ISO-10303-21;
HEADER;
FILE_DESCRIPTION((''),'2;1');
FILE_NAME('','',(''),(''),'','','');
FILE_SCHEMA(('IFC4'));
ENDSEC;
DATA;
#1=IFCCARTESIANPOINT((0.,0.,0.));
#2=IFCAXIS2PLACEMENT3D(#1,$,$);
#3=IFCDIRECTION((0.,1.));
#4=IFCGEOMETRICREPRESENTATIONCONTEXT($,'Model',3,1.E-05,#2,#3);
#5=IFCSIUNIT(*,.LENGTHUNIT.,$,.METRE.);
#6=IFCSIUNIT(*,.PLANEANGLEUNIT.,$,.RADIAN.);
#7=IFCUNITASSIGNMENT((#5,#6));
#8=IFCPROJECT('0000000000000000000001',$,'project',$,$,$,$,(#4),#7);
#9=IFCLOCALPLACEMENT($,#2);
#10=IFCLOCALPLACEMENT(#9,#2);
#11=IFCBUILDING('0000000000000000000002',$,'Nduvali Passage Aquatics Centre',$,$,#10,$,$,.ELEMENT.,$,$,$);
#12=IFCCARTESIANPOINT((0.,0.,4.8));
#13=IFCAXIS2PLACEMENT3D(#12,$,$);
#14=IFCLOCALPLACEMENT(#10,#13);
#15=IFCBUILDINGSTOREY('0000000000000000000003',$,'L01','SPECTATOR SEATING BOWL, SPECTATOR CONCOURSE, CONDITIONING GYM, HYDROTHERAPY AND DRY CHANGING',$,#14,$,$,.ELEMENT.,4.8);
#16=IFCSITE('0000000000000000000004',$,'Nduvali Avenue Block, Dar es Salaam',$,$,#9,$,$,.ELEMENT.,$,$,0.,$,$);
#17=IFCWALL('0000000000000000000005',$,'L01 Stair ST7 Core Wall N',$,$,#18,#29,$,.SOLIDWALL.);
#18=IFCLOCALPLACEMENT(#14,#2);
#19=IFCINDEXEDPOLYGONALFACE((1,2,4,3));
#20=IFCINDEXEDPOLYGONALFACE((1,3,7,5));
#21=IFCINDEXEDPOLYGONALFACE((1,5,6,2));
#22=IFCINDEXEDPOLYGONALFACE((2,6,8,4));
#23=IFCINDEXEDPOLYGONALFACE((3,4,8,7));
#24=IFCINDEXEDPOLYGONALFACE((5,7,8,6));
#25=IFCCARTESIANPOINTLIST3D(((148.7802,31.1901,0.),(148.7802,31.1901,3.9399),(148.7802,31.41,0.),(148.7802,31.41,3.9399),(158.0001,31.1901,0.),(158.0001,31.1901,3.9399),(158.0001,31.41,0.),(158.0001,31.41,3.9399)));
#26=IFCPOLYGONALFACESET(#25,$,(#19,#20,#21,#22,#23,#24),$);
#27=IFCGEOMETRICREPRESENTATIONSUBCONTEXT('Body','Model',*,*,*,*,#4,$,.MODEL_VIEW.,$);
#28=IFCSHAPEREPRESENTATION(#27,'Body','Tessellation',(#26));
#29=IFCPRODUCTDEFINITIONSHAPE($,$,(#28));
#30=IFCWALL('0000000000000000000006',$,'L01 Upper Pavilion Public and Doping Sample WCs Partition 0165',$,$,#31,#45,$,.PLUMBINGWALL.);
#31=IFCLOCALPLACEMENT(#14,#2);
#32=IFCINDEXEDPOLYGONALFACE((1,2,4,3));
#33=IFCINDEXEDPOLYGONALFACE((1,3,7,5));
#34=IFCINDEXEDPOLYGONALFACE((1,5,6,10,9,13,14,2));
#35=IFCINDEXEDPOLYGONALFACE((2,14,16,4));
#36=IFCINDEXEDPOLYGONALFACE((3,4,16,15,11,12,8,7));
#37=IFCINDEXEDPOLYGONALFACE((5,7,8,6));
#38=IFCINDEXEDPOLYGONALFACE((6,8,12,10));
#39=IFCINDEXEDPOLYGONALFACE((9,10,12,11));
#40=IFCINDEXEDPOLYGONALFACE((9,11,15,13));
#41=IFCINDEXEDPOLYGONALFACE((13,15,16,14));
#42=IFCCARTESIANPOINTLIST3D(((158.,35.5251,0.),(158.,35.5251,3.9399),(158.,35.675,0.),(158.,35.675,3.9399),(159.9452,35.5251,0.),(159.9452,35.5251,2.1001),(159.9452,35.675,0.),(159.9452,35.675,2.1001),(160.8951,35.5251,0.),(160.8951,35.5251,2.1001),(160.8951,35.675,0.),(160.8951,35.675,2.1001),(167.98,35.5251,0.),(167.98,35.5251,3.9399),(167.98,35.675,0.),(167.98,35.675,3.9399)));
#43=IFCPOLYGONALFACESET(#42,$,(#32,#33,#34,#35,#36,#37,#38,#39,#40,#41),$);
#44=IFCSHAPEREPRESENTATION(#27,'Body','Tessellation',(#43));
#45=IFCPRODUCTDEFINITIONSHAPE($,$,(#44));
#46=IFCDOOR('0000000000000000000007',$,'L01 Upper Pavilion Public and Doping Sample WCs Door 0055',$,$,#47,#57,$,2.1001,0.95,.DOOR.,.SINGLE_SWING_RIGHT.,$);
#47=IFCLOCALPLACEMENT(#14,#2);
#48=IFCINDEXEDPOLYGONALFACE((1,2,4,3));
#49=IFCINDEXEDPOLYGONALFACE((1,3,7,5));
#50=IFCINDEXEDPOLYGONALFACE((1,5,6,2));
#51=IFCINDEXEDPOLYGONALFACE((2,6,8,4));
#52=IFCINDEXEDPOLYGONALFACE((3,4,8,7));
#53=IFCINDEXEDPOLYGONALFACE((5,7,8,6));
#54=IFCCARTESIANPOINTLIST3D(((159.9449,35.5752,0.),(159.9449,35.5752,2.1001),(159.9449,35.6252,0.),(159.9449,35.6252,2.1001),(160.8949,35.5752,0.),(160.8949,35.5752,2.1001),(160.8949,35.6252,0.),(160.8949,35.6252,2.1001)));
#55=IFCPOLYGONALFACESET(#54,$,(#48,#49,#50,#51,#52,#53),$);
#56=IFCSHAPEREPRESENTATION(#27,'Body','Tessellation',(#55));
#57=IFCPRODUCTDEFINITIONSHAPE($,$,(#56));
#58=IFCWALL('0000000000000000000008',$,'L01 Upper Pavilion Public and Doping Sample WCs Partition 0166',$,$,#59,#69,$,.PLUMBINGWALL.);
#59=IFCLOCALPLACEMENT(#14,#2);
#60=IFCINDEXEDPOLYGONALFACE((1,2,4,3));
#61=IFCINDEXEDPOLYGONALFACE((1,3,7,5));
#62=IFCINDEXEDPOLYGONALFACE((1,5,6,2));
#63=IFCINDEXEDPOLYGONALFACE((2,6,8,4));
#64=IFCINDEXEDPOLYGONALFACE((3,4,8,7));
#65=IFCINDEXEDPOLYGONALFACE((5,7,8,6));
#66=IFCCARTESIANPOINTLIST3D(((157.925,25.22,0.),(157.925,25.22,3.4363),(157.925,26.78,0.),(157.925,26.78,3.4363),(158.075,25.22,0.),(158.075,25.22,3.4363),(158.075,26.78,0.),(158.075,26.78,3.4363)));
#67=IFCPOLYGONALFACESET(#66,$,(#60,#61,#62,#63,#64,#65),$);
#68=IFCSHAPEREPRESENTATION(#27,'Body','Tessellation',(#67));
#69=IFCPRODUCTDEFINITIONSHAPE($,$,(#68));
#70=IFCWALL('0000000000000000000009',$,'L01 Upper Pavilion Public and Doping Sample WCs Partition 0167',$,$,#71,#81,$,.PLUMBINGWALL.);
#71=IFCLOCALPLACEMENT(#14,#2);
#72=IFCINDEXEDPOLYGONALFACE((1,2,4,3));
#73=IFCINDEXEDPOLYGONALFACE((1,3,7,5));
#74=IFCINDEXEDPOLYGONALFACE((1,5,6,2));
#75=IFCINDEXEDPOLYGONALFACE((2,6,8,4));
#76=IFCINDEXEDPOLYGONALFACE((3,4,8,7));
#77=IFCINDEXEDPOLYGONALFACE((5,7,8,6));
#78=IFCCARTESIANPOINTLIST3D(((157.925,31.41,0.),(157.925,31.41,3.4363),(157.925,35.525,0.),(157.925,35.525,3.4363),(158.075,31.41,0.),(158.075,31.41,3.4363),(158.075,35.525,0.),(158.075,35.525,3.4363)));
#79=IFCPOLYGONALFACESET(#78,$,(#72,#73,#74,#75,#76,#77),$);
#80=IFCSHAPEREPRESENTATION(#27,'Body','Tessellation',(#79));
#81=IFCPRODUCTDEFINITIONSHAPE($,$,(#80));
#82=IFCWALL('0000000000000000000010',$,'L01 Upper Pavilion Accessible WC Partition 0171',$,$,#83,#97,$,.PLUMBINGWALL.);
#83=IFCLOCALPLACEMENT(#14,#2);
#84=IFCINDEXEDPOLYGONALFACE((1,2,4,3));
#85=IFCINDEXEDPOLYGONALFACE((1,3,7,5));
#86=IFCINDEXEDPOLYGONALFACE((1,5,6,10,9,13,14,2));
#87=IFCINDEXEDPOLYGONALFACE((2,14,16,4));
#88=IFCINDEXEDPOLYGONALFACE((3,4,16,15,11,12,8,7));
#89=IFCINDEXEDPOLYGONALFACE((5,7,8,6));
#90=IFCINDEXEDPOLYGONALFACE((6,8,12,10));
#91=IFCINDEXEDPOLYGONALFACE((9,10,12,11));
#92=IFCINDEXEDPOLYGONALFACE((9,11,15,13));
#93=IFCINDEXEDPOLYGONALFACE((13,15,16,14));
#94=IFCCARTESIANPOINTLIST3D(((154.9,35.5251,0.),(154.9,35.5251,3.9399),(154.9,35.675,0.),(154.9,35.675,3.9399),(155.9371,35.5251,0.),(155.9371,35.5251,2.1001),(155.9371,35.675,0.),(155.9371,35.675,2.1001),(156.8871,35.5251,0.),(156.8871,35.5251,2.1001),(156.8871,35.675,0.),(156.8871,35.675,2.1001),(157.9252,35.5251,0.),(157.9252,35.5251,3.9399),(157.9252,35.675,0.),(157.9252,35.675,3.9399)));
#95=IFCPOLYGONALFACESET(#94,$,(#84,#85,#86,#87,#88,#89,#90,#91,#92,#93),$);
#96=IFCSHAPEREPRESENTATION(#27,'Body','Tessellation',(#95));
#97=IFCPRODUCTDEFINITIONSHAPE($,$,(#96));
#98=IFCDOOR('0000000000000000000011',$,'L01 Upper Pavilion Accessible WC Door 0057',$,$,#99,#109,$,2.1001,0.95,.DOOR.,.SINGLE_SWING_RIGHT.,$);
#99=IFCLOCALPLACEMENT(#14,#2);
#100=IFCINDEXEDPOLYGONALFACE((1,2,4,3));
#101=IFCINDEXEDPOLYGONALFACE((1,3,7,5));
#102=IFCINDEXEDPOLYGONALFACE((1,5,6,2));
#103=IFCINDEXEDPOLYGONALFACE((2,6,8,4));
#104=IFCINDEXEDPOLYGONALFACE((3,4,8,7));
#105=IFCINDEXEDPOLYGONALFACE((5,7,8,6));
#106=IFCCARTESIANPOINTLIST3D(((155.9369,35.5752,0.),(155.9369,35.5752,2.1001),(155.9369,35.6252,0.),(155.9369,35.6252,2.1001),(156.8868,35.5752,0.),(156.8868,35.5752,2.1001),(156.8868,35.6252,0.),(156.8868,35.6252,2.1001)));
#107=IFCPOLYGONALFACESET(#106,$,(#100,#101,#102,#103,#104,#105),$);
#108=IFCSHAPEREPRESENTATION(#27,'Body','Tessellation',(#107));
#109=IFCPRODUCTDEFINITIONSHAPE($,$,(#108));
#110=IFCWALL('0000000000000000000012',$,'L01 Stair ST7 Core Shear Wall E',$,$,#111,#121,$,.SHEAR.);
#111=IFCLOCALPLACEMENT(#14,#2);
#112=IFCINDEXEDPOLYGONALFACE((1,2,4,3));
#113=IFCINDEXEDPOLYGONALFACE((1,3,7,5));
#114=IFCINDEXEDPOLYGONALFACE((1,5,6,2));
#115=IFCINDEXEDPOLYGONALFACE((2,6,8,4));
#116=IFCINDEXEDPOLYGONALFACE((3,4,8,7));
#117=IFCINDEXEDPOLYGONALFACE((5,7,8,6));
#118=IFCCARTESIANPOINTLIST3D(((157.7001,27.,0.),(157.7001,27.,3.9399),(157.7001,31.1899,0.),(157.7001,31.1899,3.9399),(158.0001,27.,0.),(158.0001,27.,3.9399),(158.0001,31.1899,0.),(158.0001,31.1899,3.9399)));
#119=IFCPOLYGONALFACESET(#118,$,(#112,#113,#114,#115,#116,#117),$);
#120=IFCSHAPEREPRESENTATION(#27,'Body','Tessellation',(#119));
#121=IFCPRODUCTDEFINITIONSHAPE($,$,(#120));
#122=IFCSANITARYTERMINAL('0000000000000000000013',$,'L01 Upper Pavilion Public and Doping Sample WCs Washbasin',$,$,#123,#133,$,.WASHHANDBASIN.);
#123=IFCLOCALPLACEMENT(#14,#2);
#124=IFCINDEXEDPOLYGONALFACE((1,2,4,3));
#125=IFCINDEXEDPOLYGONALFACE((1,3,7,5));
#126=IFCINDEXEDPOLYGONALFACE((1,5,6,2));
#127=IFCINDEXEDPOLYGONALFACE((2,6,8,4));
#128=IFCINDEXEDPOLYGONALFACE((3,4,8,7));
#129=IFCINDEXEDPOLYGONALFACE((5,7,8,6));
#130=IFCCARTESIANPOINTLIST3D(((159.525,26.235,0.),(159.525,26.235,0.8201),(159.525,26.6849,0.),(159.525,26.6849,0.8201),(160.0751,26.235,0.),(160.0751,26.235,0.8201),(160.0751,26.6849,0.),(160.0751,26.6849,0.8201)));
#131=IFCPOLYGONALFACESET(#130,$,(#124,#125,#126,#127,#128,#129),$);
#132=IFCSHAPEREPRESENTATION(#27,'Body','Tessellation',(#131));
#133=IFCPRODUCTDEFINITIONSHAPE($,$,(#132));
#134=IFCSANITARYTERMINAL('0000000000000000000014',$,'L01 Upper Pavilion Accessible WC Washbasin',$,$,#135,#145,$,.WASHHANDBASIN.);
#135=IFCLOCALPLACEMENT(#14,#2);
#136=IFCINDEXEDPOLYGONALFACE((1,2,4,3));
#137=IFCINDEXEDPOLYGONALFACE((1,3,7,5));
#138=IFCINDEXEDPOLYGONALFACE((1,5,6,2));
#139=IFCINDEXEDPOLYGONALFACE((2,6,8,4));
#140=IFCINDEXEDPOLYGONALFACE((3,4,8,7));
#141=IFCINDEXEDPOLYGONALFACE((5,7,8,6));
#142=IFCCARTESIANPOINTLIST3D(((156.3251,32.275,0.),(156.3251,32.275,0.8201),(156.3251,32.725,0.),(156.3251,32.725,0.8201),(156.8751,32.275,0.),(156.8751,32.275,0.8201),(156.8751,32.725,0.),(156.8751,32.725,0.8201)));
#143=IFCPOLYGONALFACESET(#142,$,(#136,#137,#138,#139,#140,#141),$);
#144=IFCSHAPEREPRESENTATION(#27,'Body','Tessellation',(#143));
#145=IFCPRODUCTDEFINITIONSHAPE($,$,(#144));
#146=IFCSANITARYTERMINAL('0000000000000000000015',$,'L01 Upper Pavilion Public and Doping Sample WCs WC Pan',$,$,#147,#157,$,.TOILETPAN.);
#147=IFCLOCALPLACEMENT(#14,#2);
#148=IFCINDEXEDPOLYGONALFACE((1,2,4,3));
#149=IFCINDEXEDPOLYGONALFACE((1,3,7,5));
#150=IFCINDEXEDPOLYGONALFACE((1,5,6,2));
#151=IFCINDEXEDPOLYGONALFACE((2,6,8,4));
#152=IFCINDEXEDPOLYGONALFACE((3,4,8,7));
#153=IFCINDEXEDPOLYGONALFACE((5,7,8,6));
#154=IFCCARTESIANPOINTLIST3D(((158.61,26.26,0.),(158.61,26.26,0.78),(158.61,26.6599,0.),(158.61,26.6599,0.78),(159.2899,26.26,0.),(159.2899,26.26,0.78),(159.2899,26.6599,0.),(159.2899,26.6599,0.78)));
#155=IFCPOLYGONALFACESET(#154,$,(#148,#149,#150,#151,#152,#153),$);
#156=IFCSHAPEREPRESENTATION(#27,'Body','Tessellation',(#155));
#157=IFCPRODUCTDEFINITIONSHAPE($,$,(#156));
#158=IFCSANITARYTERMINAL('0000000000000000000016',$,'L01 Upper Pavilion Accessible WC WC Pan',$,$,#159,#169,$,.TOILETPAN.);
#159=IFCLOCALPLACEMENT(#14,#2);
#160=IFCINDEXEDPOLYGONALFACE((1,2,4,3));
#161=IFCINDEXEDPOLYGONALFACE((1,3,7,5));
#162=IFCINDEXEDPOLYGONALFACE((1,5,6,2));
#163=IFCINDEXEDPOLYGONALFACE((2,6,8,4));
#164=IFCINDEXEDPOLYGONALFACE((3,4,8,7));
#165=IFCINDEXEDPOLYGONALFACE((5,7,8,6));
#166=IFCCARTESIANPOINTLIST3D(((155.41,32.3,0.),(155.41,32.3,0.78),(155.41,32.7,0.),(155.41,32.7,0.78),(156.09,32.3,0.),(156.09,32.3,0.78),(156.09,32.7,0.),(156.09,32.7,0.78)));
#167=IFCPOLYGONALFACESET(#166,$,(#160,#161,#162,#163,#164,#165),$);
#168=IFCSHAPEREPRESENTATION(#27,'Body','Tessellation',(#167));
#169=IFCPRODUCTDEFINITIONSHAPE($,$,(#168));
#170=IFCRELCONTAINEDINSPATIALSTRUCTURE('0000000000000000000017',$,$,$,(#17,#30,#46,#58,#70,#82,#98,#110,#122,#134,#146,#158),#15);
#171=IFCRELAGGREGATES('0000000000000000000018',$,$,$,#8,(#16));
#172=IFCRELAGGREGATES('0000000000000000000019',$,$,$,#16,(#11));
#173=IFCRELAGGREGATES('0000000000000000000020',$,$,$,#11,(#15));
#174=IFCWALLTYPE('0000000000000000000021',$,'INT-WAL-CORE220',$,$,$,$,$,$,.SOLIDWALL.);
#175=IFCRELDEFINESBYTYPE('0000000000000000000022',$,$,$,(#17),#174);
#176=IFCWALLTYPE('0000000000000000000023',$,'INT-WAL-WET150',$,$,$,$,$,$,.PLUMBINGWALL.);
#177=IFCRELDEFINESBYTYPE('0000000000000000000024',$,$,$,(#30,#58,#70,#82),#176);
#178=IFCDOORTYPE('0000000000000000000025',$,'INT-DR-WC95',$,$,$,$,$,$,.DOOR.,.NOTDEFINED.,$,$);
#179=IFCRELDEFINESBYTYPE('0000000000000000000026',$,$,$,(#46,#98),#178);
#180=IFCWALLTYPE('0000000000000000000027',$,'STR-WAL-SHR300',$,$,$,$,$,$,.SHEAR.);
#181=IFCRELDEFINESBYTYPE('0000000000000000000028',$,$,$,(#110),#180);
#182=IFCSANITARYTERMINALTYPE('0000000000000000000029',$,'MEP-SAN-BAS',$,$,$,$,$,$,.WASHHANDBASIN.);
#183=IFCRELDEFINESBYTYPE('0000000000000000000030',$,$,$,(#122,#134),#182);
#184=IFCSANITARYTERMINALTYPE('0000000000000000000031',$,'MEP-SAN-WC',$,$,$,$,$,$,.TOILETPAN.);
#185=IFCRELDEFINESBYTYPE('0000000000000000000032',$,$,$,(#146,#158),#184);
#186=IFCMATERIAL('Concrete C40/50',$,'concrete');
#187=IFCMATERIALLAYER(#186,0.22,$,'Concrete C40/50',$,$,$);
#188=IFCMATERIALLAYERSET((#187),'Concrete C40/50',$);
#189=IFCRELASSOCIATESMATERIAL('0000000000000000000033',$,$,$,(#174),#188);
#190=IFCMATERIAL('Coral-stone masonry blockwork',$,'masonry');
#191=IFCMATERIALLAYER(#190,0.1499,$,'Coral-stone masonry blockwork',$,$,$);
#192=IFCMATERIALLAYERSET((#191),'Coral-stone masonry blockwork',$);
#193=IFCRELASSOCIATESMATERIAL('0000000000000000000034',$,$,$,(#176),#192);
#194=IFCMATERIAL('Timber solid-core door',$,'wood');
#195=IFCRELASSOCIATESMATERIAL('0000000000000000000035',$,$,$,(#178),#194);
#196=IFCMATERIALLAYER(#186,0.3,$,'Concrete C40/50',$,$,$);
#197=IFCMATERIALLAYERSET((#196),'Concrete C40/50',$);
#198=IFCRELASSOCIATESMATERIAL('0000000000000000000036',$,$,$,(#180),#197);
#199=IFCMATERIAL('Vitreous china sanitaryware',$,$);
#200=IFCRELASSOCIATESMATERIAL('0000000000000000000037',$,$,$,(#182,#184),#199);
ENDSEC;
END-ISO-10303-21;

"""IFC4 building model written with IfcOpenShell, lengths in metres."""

from ifc_helpers import new_model, si_unit, direction, frame, frame_2d, origin, origin_2d, place, context, subcontext, project, spatial, rectangle, extrude, material, layer, layer_set, type_object, element, fill, save


model = new_model("IFC4")

# Units and contexts
model_context = context("Model", 3, precision=1e-05, world=origin(), true_north=direction((0.0, 1.0)))
body_context = subcontext(model_context, "Body", "Model", "MODEL_VIEW")
ifc_project = project(units=[si_unit("LENGTHUNIT", "METRE"), si_unit("PLANEANGLEUNIT", "RADIAN")], contexts=[model_context])

# Site, building, storey
site_placement = place(None, origin())
site = spatial("IfcSite", under=ifc_project, at=site_placement, Name="Nduvali Avenue Block, Dar es Salaam", CompositionType="ELEMENT", RefElevation=0.0)
building_placement = place(site_placement, origin())
building = spatial("IfcBuilding", under=site, at=building_placement, Name="Nduvali Passage Aquatics Centre", CompositionType="ELEMENT")
storey_placement = place(building_placement, frame((0.0, 0.0, 4.8)))
storey = spatial("IfcBuildingStorey", under=building, at=storey_placement, Name="L01", Description="SPECTATOR SEATING BOWL, SPECTATOR CONCOURSE, CONDITIONING GYM, HYDROTHERAPY AND DRY CHANGING", CompositionType="ELEMENT", Elevation=4.8)

# Wall
ifc_material_1 = material(Name="Coral-stone masonry blockwork", Category="masonry")
ifc_material_2 = material(Name="Concrete C40/50", Category="concrete")
ifc_layer_1 = layer(ifc_material_2, 0.22, Name="Concrete C40/50")
ifc_layer_set_1 = layer_set([ifc_layer_1], Name="Concrete C40/50")
wall_type_1 = type_object("IfcWallType", Name="INT-WAL-CORE220", PredefinedType="SOLIDWALL", material=ifc_layer_set_1)
wall_1_placement = place(storey_placement, frame((158.0, 31.3, 0.0), z_axis=(0.0, 0.0, 1.0), x_axis=(-1.0, 0.0, 0.0)))
element("IfcWall", 1, at=wall_1_placement, inside=storey, type_object=wall_type_1, Name="L01 Stair ST7 Core Wall N", PredefinedType="SOLIDWALL", context=body_context, shape_type="SweptSolid", body=[
    extrude(rectangle(XDim=9.22, YDim=0.22, at=frame_2d((4.6099, 0.0))), origin(), (0.0, 0.0, 1.0), 3.9399),
])

# Wall, opening, door
ifc_layer_2 = layer(ifc_material_1, 0.1499, Name="Coral-stone masonry blockwork")
ifc_layer_set_2 = layer_set([ifc_layer_2], Name="Coral-stone masonry blockwork")
wall_type_2 = type_object("IfcWallType", Name="INT-WAL-WET150", PredefinedType="PLUMBINGWALL", material=ifc_layer_set_2)
wall_2_placement = place(storey_placement, frame((158.0, 35.6001, 0.0), z_axis=(0.0, 0.0, 1.0), x_axis=(1.0, 0.0, 0.0)))
wall_2 = element("IfcWall", 2, at=wall_2_placement, inside=storey, type_object=wall_type_2, Name="L01 Upper Pavilion Public and Doping Sample WCs Partition 0165", PredefinedType="PLUMBINGWALL", context=body_context, shape_type="SweptSolid", body=[
    extrude(rectangle(XDim=9.98, YDim=0.1499, at=frame_2d((4.99, 0.0))), origin(), (0.0, 0.0, 1.0), 3.9399),
])
opening_1_placement = place(wall_2_placement, frame((1.9451, 0.0, 0.0)))
opening_1 = element("IfcOpeningElement", 3, at=opening_1_placement, cuts=wall_2, PredefinedType="OPENING", context=body_context, shape_type="SweptSolid", body=[
    extrude(rectangle(XDim=0.95, YDim=2.1001, at=frame_2d((0.4751, 1.05))), frame((0.0, 0.0898, 0.0), z_axis=(0.0, -1.0, 0.0), x_axis=(1.0, 0.0, 0.0)), (0.0, 0.0, 1.0), 0.1797),
])
ifc_material_3 = material(Name="Timber solid-core door", Category="wood")
door_type = type_object("IfcDoorType", Name="INT-DR-WC95", OperationType="NOTDEFINED", PredefinedType="DOOR", material=ifc_material_3)
door_1_placement = place(opening_1_placement, frame((0.95, 0.0, 0.0), z_axis=(0.0, 0.0, 1.0), x_axis=(-1.0, 0.0, 0.0)))
door_1 = element("IfcDoor", 4, at=door_1_placement, inside=storey, type_object=door_type, Name="L01 Upper Pavilion Public and Doping Sample WCs Door 0055", OperationType="SINGLE_SWING_RIGHT", OverallHeight=2.1001, OverallWidth=0.95, PredefinedType="DOOR", context=body_context, shape_type="SweptSolid", body=[
    extrude(rectangle(XDim=0.95, YDim=2.1001, at=frame_2d((0.4751, 1.05))), frame((0.0, 0.0249, 0.0), z_axis=(0.0, -1.0, 0.0), x_axis=(1.0, 0.0, 0.0)), (0.0, 0.0, 1.0), 0.05),
])
fill(opening_1, door_1)

# Walls
wall_3_placement = place(storey_placement, frame((158.0, 25.22, 0.0), z_axis=(0.0, 0.0, 1.0), x_axis=(0.0, 1.0, 0.0)))
element("IfcWall", 5, at=wall_3_placement, inside=storey, type_object=wall_type_2, Name="L01 Upper Pavilion Public and Doping Sample WCs Partition 0166", PredefinedType="PLUMBINGWALL", context=body_context, shape_type="SweptSolid", body=[
    extrude(rectangle(XDim=1.5601, YDim=0.1499, at=frame_2d((0.78, 0.0))), origin(), (0.0, 0.0, 1.0), 3.4363),
])
wall_4_placement = place(storey_placement, frame((158.0, 31.4099, 0.0), z_axis=(0.0, 0.0, 1.0), x_axis=(0.0, 1.0, 0.0)))
element("IfcWall", 6, at=wall_4_placement, inside=storey, type_object=wall_type_2, Name="L01 Upper Pavilion Public and Doping Sample WCs Partition 0167", PredefinedType="PLUMBINGWALL", context=body_context, shape_type="SweptSolid", body=[
    extrude(rectangle(XDim=4.115, YDim=0.1499, at=frame_2d((2.0576, 0.0))), origin(), (0.0, 0.0, 1.0), 3.4363),
])

# Wall, opening, door
wall_5_placement = place(storey_placement, frame((154.8999, 35.6001, 0.0), z_axis=(0.0, 0.0, 1.0), x_axis=(1.0, 0.0, 0.0)))
wall_5 = element("IfcWall", 7, at=wall_5_placement, inside=storey, type_object=wall_type_2, Name="L01 Upper Pavilion Accessible WC Partition 0171", PredefinedType="PLUMBINGWALL", context=body_context, shape_type="SweptSolid", body=[
    extrude(rectangle(XDim=3.0251, YDim=0.1499, at=frame_2d((1.5127, 0.0))), origin(), (0.0, 0.0, 1.0), 3.9399),
])
opening_2_placement = place(wall_5_placement, frame((1.0371, 0.0, 0.0)))
opening_2 = element("IfcOpeningElement", 8, at=opening_2_placement, cuts=wall_5, PredefinedType="OPENING", context=body_context, shape_type="SweptSolid", body=[
    extrude(rectangle(XDim=0.95, YDim=2.1001, at=frame_2d((0.4751, 1.05))), frame((0.0, 0.0898, 0.0), z_axis=(0.0, -1.0, 0.0), x_axis=(1.0, 0.0, 0.0)), (0.0, 0.0, 1.0), 0.1797),
])
door_2_placement = place(opening_2_placement, frame((0.95, 0.0, 0.0), z_axis=(0.0, 0.0, 1.0), x_axis=(-1.0, 0.0, 0.0)))
door_2 = element("IfcDoor", 9, at=door_2_placement, inside=storey, type_object=door_type, Name="L01 Upper Pavilion Accessible WC Door 0057", OperationType="SINGLE_SWING_RIGHT", OverallHeight=2.1001, OverallWidth=0.95, PredefinedType="DOOR", context=body_context, shape_type="SweptSolid", body=[
    extrude(rectangle(XDim=0.95, YDim=2.1001, at=frame_2d((0.4751, 1.05))), frame((0.0, 0.0249, 0.0), z_axis=(0.0, -1.0, 0.0), x_axis=(1.0, 0.0, 0.0)), (0.0, 0.0, 1.0), 0.05),
])
fill(opening_2, door_2)

# Wall
ifc_layer_3 = layer(ifc_material_2, 0.3, Name="Concrete C40/50")
ifc_layer_set_3 = layer_set([ifc_layer_3], Name="Concrete C40/50")
wall_type_3 = type_object("IfcWallType", Name="STR-WAL-SHR300", PredefinedType="SHEAR", material=ifc_layer_set_3)
wall_6_placement = place(storey_placement, frame((157.8501, 27.0, 0.0), z_axis=(0.0, 0.0, 1.0), x_axis=(0.0, 1.0, 0.0)))
element("IfcWall", 10, at=wall_6_placement, inside=storey, type_object=wall_type_3, Name="L01 Stair ST7 Core Shear Wall E", PredefinedType="SHEAR", context=body_context, shape_type="SweptSolid", body=[
    extrude(rectangle(XDim=4.1899, YDim=0.3, at=frame_2d((2.095, 0.0))), origin(), (0.0, 0.0, 1.0), 3.9399),
])

# Sanitary terminals
ifc_material_4 = material(Name="Vitreous china sanitaryware")
sanitary_terminal_type_1 = type_object("IfcSanitaryTerminalType", Name="MEP-SAN-BAS", PredefinedType="WASHHANDBASIN", material=ifc_material_4)
for number, where, z_axis, x_axis, name in (
    (11, (159.8, 26.46, 0.0), (0.0, 0.0, 1.0), (1.0, 0.0, 0.0), "L01 Upper Pavilion Public and Doping Sample WCs Washbasin"),
    (12, (156.6001, 32.5, 0.0), (0.0, 0.0, 1.0), (1.0, 0.0, 0.0), "L01 Upper Pavilion Accessible WC Washbasin"),
):
    element("IfcSanitaryTerminal", number, at=place(storey_placement, frame(where, z_axis=z_axis, x_axis=x_axis)), inside=storey, type_object=sanitary_terminal_type_1, Name=name, PredefinedType="WASHHANDBASIN", context=body_context, shape_type="SweptSolid", body=[
        extrude(rectangle(XDim=0.55, YDim=0.45, at=origin_2d()), origin(), (0.0, 0.0, 1.0), 0.8201),
    ])
sanitary_terminal_type_2 = type_object("IfcSanitaryTerminalType", Name="MEP-SAN-WC", PredefinedType="TOILETPAN", material=ifc_material_4)
for number, where, z_axis, x_axis, name in (
    (13, (158.95, 26.46, 0.0), (0.0, 0.0, 1.0), (1.0, 0.0, 0.0), "L01 Upper Pavilion Public and Doping Sample WCs WC Pan"),
    (14, (155.75, 32.5, 0.0), (0.0, 0.0, 1.0), (1.0, 0.0, 0.0), "L01 Upper Pavilion Accessible WC WC Pan"),
):
    element("IfcSanitaryTerminal", number, at=place(storey_placement, frame(where, z_axis=z_axis, x_axis=x_axis)), inside=storey, type_object=sanitary_terminal_type_2, Name=name, PredefinedType="TOILETPAN", context=body_context, shape_type="SweptSolid", body=[
        extrude(rectangle(XDim=0.6799, YDim=0.3999, at=origin_2d()), origin(), (0.0, 0.0, 1.0), 0.78),
    ])

save(model, "model.ifc")
